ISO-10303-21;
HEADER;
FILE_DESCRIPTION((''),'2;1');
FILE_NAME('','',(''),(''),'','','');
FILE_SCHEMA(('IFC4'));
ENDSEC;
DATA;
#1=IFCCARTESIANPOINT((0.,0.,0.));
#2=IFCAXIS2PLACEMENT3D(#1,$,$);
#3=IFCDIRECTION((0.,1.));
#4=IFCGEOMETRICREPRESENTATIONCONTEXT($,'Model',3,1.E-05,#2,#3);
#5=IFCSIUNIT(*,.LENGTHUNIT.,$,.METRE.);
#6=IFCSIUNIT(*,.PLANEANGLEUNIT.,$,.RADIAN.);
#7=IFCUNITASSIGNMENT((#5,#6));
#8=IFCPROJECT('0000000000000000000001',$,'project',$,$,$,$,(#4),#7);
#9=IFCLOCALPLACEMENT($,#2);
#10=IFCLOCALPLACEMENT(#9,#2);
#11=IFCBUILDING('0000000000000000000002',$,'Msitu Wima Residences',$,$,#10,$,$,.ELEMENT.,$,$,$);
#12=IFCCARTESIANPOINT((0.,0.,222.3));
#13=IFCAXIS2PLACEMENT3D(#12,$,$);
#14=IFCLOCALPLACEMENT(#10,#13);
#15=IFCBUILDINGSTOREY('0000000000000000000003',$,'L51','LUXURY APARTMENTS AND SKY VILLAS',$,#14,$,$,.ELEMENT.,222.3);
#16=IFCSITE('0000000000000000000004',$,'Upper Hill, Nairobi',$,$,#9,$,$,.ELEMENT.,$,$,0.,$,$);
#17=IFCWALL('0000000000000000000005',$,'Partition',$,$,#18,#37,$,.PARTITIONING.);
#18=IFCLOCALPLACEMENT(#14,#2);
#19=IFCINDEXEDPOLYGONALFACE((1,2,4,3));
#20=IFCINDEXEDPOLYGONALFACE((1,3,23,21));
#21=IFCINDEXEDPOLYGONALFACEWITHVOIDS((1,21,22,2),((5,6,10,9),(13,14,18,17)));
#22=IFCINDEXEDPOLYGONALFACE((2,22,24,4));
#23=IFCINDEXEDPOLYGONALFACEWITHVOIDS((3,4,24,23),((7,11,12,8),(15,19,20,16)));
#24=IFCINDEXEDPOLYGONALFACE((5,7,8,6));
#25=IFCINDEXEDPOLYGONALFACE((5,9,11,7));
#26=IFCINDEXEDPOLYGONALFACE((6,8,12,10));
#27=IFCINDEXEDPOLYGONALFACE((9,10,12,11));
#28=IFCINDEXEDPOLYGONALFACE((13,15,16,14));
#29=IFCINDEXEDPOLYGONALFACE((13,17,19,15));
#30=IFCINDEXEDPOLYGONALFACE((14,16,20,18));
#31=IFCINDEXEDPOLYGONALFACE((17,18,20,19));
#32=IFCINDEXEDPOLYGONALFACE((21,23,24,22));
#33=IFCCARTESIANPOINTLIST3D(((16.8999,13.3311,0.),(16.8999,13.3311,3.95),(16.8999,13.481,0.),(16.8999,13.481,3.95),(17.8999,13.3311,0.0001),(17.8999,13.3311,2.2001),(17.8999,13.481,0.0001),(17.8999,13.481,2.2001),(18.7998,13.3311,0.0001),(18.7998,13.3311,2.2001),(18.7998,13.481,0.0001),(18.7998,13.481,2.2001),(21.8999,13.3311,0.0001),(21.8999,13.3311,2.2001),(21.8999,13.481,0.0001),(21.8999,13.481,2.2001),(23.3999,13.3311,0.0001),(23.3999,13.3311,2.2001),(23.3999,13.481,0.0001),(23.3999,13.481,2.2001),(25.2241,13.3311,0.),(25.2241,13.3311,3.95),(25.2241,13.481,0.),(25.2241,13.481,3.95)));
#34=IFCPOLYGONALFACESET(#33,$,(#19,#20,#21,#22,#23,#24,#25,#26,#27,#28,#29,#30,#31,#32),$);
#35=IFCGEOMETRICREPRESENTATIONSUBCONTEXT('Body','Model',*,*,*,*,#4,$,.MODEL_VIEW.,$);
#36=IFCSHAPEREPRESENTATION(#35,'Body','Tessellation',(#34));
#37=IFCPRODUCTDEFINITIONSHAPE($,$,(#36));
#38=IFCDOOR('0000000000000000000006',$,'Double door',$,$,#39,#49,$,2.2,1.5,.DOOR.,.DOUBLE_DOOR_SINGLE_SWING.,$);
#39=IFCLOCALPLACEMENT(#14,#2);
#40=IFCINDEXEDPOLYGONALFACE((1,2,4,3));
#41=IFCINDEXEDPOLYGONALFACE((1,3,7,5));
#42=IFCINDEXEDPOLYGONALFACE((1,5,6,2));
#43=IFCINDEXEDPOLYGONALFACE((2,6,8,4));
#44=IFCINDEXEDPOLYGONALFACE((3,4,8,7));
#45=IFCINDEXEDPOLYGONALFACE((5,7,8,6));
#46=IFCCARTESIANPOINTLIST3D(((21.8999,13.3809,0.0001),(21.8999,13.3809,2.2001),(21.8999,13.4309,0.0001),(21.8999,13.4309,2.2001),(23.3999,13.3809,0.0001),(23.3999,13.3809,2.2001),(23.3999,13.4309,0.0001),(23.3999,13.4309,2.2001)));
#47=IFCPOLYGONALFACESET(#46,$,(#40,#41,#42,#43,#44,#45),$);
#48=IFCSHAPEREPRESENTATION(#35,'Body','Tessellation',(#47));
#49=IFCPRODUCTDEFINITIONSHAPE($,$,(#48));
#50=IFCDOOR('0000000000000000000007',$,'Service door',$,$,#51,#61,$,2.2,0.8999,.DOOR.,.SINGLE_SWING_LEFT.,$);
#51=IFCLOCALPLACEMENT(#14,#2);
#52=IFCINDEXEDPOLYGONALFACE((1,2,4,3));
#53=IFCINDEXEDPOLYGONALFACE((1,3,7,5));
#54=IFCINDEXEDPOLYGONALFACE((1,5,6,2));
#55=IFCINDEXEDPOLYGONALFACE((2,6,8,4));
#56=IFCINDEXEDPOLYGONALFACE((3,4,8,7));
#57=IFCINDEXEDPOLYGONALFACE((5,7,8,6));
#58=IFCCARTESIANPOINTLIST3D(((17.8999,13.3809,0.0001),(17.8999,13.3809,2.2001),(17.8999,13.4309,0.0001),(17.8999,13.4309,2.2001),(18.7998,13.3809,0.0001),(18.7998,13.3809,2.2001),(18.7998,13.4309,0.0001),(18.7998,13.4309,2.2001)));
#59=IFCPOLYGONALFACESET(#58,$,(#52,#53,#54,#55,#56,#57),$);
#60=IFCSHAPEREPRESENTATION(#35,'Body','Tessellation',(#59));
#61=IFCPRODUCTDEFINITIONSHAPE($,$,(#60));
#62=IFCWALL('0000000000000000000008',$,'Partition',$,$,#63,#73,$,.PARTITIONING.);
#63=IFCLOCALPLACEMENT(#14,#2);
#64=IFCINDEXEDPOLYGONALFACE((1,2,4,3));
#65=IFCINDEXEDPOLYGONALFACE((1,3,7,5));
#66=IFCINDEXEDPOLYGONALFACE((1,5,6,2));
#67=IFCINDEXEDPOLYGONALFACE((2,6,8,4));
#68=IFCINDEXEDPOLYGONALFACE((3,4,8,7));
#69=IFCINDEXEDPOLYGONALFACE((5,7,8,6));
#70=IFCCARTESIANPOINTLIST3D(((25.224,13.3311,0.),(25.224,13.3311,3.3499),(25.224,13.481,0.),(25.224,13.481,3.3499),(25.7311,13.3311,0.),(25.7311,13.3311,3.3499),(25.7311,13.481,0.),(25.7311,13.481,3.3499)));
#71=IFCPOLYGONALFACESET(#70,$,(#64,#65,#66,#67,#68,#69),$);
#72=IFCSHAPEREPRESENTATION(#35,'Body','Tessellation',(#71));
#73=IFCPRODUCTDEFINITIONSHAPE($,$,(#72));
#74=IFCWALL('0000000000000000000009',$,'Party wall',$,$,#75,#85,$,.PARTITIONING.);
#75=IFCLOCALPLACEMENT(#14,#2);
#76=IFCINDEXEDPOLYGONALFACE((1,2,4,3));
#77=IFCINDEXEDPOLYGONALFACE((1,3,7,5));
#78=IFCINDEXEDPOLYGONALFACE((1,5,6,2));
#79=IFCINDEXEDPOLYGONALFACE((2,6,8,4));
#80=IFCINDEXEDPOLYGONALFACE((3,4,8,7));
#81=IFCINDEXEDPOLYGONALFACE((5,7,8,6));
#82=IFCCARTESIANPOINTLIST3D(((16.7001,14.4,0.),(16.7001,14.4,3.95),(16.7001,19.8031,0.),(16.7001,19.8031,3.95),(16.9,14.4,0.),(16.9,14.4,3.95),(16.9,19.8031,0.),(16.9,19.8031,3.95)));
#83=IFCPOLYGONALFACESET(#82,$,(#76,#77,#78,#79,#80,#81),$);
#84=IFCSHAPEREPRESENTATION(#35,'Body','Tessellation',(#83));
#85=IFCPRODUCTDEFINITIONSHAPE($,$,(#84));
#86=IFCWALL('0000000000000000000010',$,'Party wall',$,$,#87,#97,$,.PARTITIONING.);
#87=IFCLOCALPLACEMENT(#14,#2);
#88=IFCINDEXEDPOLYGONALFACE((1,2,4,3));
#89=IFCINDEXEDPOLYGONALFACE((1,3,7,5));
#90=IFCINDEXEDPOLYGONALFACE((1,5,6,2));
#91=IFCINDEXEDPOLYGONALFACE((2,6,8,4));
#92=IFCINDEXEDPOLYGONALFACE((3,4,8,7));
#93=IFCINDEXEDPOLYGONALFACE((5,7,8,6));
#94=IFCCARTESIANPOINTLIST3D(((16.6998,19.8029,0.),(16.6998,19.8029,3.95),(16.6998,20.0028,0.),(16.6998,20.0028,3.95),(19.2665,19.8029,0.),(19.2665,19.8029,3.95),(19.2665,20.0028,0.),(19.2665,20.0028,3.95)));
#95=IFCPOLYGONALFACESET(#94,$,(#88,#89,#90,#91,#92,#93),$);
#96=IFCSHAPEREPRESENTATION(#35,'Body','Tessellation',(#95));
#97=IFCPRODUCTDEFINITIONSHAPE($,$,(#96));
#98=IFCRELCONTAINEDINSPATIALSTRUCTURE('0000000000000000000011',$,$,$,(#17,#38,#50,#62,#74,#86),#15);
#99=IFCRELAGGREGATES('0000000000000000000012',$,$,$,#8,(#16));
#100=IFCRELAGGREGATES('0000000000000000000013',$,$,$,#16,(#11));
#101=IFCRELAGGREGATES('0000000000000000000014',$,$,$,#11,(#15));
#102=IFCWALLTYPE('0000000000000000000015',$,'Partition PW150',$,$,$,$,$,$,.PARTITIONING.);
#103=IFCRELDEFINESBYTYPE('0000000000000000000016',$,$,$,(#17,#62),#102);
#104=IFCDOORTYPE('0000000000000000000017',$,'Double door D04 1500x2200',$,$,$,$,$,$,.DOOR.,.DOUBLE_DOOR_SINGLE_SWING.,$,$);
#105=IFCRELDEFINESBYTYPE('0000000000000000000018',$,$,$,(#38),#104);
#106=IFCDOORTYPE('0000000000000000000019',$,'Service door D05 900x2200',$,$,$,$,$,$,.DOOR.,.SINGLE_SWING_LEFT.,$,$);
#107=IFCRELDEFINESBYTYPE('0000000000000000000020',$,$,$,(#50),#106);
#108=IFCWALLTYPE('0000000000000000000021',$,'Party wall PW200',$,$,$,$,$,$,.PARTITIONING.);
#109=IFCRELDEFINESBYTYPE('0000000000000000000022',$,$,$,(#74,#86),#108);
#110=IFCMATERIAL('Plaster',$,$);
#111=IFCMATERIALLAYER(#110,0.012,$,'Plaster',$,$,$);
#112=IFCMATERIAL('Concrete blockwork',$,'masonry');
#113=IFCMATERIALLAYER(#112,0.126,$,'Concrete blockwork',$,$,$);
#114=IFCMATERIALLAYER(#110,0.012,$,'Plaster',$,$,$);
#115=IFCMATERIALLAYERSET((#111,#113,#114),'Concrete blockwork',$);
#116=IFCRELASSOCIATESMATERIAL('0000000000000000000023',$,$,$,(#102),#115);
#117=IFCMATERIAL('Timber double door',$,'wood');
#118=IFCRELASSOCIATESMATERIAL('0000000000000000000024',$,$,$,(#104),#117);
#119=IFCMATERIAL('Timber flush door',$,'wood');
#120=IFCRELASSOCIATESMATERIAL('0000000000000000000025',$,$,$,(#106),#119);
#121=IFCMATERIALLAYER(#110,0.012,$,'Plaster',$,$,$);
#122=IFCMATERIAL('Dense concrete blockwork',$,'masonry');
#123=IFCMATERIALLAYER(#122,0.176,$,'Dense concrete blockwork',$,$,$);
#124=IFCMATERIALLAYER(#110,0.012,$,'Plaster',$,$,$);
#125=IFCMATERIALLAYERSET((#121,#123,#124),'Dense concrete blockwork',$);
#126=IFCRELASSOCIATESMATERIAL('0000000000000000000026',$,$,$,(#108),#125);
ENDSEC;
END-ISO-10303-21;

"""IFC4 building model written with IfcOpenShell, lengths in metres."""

from ifc_helpers import new_model, si_unit, direction, frame, frame_2d, origin, place, context, subcontext, project, spatial, rectangle, extrude, material, layer, layer_set, type_object, element, fill, save


model = new_model("IFC4")

# Units and contexts
model_context = context("Model", 3, precision=1e-05, world=origin(), true_north=direction((0.0, 1.0)))
body_context = subcontext(model_context, "Body", "Model", "MODEL_VIEW")
ifc_project = project(units=[si_unit("LENGTHUNIT", "METRE"), si_unit("PLANEANGLEUNIT", "RADIAN")], contexts=[model_context])

# Site, building, storey
site_placement = place(None, origin())
site = spatial("IfcSite", under=ifc_project, at=site_placement, Name="Upper Hill, Nairobi", CompositionType="ELEMENT", RefElevation=0.0)
building_placement = place(site_placement, origin())
building = spatial("IfcBuilding", under=site, at=building_placement, Name="Msitu Wima Residences", CompositionType="ELEMENT")
storey_placement = place(building_placement, frame((0.0, 0.0, 222.3)))
storey = spatial("IfcBuildingStorey", under=building, at=storey_placement, Name="L51", Description="LUXURY APARTMENTS AND SKY VILLAS", CompositionType="ELEMENT", Elevation=222.3)

# Shared definitions
ifc_material_1 = material(Name="Plaster")
ifc_material_2 = material(Name="Concrete blockwork", Category="masonry")

# Shared definitions
ifc_layer_1 = layer(ifc_material_1, 0.012, Name="Plaster")
ifc_layer_2 = layer(ifc_material_2, 0.126, Name="Concrete blockwork")
ifc_layer_3 = layer(ifc_material_1, 0.012, Name="Plaster")
ifc_layer_set_1 = layer_set([ifc_layer_1, ifc_layer_2, ifc_layer_3], Name="Concrete blockwork")
wall_type_1 = type_object("IfcWallType", Name="Partition PW150", PredefinedType="PARTITIONING", material=ifc_layer_set_1)
ifc_material_3 = material(Name="Timber flush door", Category="wood")

# Wall, openings, doors
wall_1_placement = place(storey_placement, frame((16.8999, 13.406, 0.0), z_axis=(0.0, 0.0, 1.0), x_axis=(1.0, 0.0, 0.0)))
wall_1 = element("IfcWall", 1, at=wall_1_placement, inside=storey, type_object=wall_type_1, Name="Partition", PredefinedType="PARTITIONING", context=body_context, shape_type="SweptSolid", body=[
    extrude(rectangle(XDim=8.3242, YDim=0.1499, at=frame_2d((4.1621, 0.0))), origin(), (0.0, 0.0, 1.0), 3.95),
])
opening_1_placement = place(wall_1_placement, frame((5.0, 0.0, 0.0)))
opening_1 = element("IfcOpeningElement", 2, at=opening_1_placement, cuts=wall_1, PredefinedType="OPENING", context=body_context, shape_type="SweptSolid", body=[
    extrude(rectangle(XDim=1.5, YDim=2.2, at=frame_2d((0.75, 1.1001))), frame((0.0, 0.085, 0.0), z_axis=(0.0, -1.0, 0.0), x_axis=(1.0, 0.0, 0.0)), (0.0, 0.0, 1.0), 0.1699),
])
opening_2_placement = place(wall_1_placement, frame((1.0, 0.0, 0.0)))
opening_2 = element("IfcOpeningElement", 3, at=opening_2_placement, cuts=wall_1, PredefinedType="OPENING", context=body_context, shape_type="SweptSolid", body=[
    extrude(rectangle(XDim=0.8999, YDim=2.2, at=frame_2d((0.45, 1.1001))), frame((0.0, 0.085, 0.0), z_axis=(0.0, -1.0, 0.0), x_axis=(1.0, 0.0, 0.0)), (0.0, 0.0, 1.0), 0.1699),
])
ifc_material_4 = material(Name="Timber double door", Category="wood")
door_type_1 = type_object("IfcDoorType", Name="Double door D04 1500x2200", OperationType="DOUBLE_DOOR_SINGLE_SWING", PredefinedType="DOOR", material=ifc_material_4)
door_1_placement = place(opening_1_placement, origin())
door_1 = element("IfcDoor", 4, at=door_1_placement, inside=storey, type_object=door_type_1, Name="Double door", OperationType="DOUBLE_DOOR_SINGLE_SWING", OverallHeight=2.2, OverallWidth=1.5, PredefinedType="DOOR", context=body_context, shape_type="SweptSolid", body=[
    extrude(rectangle(XDim=1.5, YDim=2.2, at=frame_2d((0.75, 1.1001))), frame((0.0, 0.0249, 0.0), z_axis=(0.0, -1.0, 0.0), x_axis=(1.0, 0.0, 0.0)), (0.0, 0.0, 1.0), 0.05),
])
fill(opening_1, door_1)
door_type_2 = type_object("IfcDoorType", Name="Service door D05 900x2200", OperationType="SINGLE_SWING_LEFT", PredefinedType="DOOR", material=ifc_material_3)
door_2_placement = place(opening_2_placement, origin())
door_2 = element("IfcDoor", 5, at=door_2_placement, inside=storey, type_object=door_type_2, Name="Service door", OperationType="SINGLE_SWING_LEFT", OverallHeight=2.2, OverallWidth=0.8999, PredefinedType="DOOR", context=body_context, shape_type="SweptSolid", body=[
    extrude(rectangle(XDim=0.8999, YDim=2.2, at=frame_2d((0.45, 1.1001))), frame((0.0, 0.0249, 0.0), z_axis=(0.0, -1.0, 0.0), x_axis=(1.0, 0.0, 0.0)), (0.0, 0.0, 1.0), 0.05),
])
fill(opening_2, door_2)

# Walls
wall_2_placement = place(storey_placement, frame((25.2241, 13.406, 0.0), z_axis=(0.0, 0.0, 1.0), x_axis=(1.0, 0.0, 0.0)))
element("IfcWall", 6, at=wall_2_placement, inside=storey, type_object=wall_type_1, Name="Partition", PredefinedType="PARTITIONING", context=body_context, shape_type="SweptSolid", body=[
    extrude(rectangle(XDim=0.5071, YDim=0.1499, at=frame_2d((0.2534, 0.0))), origin(), (0.0, 0.0, 1.0), 3.3499),
])
ifc_layer_4 = layer(ifc_material_1, 0.012, Name="Plaster")
ifc_material_5 = material(Name="Dense concrete blockwork", Category="masonry")
ifc_layer_5 = layer(ifc_material_5, 0.176, Name="Dense concrete blockwork")
ifc_layer_6 = layer(ifc_material_1, 0.012, Name="Plaster")
ifc_layer_set_2 = layer_set([ifc_layer_4, ifc_layer_5, ifc_layer_6], Name="Dense concrete blockwork")
wall_type_2 = type_object("IfcWallType", Name="Party wall PW200", PredefinedType="PARTITIONING", material=ifc_layer_set_2)
wall_3_placement = place(storey_placement, frame((16.8, 14.3999, 0.0), z_axis=(0.0, 0.0, 1.0), x_axis=(0.0, 1.0, 0.0)))
element("IfcWall", 7, at=wall_3_placement, inside=storey, type_object=wall_type_2, Name="Party wall", PredefinedType="PARTITIONING", context=body_context, shape_type="SweptSolid", body=[
    extrude(rectangle(XDim=5.4031, YDim=0.2, at=frame_2d((2.7017, 0.0))), origin(), (0.0, 0.0, 1.0), 3.95),
])
wall_4_placement = place(storey_placement, frame((16.7, 19.9028, 0.0), z_axis=(0.0, 0.0, 1.0), x_axis=(1.0, 0.0, 0.0)))
element("IfcWall", 8, at=wall_4_placement, inside=storey, type_object=wall_type_2, Name="Party wall", PredefinedType="PARTITIONING", context=body_context, shape_type="SweptSolid", body=[
    extrude(rectangle(XDim=2.5667, YDim=0.2, at=frame_2d((1.2832, 0.0))), origin(), (0.0, 0.0, 1.0), 3.95),
])

save(model, "model.ifc")
